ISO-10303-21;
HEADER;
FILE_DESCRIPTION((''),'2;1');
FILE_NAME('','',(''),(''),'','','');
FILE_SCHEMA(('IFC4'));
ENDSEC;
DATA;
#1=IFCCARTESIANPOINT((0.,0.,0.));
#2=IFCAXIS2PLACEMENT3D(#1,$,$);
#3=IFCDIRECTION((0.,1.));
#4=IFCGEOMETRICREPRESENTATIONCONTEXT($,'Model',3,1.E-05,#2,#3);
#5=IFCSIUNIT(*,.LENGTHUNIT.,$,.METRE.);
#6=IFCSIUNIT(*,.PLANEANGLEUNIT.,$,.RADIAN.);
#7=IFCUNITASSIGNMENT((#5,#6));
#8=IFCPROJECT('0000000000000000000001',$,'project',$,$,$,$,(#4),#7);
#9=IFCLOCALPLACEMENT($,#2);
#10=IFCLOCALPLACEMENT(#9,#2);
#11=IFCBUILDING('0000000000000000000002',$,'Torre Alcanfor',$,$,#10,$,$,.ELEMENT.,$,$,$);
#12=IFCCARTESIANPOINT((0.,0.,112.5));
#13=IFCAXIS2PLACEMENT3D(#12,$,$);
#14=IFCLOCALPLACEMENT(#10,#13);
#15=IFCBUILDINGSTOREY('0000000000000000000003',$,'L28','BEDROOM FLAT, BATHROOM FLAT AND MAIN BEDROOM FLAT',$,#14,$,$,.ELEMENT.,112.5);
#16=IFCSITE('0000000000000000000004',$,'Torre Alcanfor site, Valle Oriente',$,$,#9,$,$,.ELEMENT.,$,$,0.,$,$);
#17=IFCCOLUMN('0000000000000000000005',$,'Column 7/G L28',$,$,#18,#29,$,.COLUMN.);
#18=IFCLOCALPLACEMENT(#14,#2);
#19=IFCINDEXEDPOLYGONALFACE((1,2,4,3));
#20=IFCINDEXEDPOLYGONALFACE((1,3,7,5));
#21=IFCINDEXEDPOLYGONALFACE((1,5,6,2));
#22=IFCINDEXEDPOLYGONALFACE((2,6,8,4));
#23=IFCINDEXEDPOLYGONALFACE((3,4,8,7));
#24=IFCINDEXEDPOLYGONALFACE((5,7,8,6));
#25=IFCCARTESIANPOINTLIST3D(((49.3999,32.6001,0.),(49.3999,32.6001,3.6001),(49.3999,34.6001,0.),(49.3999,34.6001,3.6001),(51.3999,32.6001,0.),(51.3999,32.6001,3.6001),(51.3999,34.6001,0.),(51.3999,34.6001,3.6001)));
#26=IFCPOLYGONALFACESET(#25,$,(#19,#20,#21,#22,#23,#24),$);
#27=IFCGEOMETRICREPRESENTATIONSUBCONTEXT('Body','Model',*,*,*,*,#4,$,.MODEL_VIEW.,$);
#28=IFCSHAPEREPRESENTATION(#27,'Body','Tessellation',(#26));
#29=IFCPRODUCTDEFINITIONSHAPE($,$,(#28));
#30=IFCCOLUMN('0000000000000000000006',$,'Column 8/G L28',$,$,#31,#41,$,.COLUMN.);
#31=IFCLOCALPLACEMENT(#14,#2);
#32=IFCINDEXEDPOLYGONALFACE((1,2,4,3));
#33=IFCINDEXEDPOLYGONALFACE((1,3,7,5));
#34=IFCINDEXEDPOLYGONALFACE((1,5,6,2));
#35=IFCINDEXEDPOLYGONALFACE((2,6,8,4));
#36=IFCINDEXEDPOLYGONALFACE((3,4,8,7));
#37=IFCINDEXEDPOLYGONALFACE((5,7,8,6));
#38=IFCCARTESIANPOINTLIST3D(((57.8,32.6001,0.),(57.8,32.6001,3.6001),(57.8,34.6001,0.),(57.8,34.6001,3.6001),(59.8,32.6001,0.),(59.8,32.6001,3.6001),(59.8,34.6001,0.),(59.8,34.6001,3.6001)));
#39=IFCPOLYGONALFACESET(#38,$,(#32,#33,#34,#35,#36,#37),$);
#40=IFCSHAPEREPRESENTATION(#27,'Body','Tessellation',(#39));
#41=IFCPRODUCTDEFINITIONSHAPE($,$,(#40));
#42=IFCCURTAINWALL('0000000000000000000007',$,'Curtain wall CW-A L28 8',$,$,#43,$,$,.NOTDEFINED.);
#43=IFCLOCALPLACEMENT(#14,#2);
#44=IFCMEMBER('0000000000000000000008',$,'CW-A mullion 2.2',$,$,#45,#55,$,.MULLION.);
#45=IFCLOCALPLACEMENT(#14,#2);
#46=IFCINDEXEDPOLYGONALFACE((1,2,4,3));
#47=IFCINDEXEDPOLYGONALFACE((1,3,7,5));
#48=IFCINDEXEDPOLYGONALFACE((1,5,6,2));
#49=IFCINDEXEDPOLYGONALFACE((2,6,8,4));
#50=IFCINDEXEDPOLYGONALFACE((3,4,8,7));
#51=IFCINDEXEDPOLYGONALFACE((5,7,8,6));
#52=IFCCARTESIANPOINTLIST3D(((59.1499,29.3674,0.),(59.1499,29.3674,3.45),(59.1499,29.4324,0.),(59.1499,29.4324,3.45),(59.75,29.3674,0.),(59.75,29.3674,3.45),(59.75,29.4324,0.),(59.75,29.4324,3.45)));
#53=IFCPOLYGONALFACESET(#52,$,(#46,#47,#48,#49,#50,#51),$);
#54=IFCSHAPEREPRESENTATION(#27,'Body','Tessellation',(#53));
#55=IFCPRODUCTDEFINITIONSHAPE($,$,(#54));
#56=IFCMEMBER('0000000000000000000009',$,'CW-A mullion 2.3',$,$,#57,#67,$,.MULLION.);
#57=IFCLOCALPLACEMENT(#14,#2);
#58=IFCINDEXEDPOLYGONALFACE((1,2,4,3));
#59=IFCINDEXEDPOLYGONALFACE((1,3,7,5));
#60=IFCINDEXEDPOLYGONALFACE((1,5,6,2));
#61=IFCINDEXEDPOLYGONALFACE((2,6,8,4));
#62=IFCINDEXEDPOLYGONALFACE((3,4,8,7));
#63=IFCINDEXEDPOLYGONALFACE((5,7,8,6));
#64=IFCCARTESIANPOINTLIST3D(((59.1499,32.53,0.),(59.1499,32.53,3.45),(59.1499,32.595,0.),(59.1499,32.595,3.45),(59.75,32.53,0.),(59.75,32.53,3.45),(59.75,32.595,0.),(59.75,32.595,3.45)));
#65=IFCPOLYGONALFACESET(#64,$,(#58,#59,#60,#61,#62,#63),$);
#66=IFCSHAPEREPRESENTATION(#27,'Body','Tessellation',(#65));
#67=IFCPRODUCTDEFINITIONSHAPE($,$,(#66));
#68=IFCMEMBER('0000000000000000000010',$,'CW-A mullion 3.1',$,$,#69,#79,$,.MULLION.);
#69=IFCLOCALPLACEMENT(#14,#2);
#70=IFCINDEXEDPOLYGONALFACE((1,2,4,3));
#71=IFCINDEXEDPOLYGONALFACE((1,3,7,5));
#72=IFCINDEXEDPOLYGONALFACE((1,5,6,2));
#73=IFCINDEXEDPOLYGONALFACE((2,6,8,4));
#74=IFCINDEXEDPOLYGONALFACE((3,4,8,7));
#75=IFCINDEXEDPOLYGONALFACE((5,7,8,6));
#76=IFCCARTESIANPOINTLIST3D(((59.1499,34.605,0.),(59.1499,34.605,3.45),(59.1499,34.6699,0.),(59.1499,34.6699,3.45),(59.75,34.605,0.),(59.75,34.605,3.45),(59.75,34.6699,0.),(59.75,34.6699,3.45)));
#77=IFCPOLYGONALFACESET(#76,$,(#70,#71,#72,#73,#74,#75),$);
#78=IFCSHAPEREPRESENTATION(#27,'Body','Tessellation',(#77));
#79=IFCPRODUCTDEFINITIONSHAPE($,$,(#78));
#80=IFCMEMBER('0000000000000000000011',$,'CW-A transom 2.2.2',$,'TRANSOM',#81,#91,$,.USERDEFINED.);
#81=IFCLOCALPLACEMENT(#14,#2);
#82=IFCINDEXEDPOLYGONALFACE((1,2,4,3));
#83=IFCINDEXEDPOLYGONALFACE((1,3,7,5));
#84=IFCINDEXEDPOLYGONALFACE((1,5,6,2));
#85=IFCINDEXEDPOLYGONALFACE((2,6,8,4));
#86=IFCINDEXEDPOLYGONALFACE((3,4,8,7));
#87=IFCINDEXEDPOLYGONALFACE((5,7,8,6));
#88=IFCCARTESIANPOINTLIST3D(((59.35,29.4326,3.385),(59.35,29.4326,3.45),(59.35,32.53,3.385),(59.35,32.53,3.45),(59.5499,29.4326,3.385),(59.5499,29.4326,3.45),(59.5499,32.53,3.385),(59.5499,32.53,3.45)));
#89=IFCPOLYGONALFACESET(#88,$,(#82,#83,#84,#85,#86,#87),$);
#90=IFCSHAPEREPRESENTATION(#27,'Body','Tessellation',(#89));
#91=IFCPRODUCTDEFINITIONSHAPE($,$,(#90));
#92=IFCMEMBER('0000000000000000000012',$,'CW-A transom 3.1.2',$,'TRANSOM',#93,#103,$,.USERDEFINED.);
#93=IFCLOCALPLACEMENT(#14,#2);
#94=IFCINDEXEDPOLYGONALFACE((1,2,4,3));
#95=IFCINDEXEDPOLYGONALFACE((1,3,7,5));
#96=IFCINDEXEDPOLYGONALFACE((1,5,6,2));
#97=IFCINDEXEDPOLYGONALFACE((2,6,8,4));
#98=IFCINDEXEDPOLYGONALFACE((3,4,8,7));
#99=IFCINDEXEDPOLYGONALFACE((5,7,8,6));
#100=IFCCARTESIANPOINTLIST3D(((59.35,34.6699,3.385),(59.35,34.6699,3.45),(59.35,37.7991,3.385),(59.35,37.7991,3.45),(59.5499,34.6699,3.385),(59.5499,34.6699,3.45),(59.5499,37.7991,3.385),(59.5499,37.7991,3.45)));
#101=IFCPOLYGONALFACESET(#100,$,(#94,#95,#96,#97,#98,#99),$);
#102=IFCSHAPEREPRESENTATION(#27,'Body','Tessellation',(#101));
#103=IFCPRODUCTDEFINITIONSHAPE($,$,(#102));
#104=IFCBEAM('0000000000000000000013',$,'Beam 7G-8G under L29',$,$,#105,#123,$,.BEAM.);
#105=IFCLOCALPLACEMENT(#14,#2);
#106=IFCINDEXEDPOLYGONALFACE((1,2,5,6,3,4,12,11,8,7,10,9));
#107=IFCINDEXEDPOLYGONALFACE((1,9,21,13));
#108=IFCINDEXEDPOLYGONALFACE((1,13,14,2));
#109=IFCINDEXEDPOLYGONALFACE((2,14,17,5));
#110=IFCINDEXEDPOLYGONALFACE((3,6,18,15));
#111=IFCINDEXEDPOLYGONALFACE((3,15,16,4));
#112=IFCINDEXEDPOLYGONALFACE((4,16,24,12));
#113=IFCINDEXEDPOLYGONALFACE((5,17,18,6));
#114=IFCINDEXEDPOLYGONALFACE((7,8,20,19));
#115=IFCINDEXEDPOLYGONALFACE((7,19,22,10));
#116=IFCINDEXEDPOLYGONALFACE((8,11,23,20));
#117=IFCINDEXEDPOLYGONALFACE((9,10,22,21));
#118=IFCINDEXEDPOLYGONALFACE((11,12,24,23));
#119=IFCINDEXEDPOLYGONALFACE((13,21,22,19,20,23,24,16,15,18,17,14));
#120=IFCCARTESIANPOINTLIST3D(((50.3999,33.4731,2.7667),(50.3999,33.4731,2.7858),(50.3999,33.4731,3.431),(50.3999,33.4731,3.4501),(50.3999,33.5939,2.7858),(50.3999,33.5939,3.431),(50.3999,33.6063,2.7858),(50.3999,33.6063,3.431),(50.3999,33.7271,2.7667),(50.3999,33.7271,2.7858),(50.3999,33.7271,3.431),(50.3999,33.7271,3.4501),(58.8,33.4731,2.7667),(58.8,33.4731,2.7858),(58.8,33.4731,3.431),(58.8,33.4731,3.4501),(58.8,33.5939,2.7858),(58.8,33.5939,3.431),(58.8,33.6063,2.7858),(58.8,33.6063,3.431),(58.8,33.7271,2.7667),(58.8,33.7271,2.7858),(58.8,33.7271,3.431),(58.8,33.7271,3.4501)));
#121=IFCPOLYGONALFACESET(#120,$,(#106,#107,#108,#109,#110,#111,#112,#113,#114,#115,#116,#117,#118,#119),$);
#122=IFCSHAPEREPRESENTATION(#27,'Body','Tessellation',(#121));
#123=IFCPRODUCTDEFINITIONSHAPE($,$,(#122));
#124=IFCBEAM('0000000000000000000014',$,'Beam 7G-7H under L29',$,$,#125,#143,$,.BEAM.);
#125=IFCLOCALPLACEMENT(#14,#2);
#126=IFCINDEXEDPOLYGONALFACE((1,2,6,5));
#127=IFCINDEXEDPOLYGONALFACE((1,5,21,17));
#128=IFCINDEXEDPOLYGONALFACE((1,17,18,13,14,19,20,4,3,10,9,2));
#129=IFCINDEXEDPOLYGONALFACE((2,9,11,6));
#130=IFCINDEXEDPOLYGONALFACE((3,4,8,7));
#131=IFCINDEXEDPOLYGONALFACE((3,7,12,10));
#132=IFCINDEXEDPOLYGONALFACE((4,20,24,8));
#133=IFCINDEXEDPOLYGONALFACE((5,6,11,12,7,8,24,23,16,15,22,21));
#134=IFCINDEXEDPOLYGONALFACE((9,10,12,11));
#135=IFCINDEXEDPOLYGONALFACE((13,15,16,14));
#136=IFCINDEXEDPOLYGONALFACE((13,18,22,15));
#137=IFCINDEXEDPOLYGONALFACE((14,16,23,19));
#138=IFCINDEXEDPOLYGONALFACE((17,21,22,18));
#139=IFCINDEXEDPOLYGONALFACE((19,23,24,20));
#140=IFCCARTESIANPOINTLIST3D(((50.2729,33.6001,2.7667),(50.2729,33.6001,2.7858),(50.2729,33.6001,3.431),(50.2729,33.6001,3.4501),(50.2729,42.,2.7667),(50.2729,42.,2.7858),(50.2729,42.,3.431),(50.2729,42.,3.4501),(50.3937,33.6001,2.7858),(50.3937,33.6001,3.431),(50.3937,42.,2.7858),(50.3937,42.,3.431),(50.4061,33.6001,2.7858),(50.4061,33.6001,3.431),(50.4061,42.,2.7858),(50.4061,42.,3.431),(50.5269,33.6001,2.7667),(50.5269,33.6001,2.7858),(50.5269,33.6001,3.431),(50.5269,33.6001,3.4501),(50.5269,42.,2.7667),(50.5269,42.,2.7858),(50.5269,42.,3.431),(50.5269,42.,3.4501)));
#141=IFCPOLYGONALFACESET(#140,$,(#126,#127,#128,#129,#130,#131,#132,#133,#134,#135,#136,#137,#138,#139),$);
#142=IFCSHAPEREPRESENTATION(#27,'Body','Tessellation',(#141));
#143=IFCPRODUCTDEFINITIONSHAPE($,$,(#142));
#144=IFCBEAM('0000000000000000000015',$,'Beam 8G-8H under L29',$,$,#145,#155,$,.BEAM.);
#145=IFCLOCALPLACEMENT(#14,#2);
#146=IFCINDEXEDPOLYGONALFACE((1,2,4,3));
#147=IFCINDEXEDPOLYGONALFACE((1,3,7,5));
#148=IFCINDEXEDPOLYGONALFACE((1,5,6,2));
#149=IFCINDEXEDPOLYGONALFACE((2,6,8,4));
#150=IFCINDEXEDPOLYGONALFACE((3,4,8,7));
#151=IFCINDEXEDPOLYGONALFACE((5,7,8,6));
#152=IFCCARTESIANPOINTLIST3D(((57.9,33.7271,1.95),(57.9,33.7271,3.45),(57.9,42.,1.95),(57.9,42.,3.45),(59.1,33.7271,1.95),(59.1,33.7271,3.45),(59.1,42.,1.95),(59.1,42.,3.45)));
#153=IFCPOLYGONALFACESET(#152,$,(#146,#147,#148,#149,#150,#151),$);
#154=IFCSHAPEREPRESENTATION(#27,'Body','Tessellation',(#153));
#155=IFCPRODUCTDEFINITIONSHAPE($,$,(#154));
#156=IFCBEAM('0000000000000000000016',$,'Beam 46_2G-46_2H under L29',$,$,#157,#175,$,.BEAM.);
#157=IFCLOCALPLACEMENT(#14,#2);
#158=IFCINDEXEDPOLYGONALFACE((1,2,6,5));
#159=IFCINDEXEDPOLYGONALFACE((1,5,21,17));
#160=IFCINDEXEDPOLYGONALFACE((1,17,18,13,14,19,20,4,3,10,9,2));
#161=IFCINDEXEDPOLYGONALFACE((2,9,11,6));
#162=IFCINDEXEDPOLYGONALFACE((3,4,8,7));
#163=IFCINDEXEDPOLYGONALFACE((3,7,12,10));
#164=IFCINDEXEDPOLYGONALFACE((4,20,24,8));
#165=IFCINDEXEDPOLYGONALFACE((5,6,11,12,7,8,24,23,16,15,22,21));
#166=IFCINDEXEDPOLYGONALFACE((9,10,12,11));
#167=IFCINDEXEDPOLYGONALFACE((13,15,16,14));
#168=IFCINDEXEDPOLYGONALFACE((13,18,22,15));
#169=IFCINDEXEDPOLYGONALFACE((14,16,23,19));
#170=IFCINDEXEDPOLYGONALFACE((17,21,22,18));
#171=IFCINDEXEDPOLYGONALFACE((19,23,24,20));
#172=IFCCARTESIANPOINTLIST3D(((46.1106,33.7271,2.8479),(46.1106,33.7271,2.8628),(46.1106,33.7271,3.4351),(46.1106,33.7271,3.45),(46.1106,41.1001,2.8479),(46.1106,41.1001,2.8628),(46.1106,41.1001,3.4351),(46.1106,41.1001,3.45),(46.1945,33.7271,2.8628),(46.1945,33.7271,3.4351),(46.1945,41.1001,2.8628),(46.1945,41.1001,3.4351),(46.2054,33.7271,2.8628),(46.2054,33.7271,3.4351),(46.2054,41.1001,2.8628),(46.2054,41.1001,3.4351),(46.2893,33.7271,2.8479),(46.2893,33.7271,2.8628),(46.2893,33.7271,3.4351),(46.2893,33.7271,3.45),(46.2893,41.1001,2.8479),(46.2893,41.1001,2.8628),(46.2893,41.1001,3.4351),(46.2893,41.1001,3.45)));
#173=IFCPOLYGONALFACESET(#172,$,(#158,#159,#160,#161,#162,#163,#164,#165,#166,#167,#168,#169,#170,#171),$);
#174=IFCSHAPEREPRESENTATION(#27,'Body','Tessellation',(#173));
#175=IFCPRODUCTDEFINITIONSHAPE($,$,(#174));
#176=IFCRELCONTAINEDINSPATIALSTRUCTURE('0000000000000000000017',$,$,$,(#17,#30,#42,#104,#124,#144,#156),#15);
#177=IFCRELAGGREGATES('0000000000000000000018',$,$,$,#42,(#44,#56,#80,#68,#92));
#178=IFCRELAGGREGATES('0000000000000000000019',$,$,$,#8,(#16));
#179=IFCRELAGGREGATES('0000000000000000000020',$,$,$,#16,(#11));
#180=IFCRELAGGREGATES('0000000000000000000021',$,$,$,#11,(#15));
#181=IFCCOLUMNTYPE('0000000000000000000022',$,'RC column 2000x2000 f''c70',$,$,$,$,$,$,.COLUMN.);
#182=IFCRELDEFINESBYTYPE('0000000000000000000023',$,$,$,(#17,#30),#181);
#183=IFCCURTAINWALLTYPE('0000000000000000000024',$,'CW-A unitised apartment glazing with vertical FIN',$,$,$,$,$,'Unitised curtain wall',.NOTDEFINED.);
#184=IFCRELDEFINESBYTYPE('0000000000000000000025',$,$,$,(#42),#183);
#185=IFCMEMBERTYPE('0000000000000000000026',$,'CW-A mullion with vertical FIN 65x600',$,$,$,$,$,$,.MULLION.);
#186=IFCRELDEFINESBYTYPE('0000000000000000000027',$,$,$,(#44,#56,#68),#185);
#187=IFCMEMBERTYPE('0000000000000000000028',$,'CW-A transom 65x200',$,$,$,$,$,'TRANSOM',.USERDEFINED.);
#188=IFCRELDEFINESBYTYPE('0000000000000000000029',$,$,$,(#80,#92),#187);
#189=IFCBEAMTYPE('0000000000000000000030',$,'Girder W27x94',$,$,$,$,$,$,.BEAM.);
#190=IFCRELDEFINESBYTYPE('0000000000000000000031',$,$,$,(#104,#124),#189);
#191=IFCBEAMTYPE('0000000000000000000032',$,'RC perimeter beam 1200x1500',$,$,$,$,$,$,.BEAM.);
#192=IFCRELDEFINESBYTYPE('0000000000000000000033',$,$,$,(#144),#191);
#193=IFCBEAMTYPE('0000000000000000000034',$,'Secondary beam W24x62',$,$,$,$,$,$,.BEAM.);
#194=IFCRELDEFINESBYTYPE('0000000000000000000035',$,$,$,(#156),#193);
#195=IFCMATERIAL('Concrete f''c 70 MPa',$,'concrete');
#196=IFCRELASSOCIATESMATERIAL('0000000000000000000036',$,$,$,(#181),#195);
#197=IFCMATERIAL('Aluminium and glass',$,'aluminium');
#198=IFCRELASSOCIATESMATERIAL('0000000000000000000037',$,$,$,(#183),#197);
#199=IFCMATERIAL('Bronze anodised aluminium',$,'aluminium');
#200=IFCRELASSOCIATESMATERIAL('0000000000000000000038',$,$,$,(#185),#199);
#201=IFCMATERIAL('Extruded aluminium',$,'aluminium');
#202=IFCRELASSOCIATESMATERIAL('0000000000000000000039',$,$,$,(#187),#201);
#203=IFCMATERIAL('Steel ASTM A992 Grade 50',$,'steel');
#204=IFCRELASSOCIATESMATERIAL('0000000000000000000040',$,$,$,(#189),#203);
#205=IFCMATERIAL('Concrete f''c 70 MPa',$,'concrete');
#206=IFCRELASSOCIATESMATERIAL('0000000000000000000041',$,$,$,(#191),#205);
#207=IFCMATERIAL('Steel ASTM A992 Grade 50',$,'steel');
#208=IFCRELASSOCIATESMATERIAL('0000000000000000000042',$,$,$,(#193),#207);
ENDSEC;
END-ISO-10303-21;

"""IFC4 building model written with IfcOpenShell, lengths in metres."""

from ifc_helpers import new_model, si_unit, direction, frame, origin, origin_2d, place, context, subcontext, project, spatial, rectangle, i_section, extrude, material, material_profile, profile_set, type_object, element, aggregate, save


model = new_model("IFC4")

# Units and contexts
model_context = context("Model", 3, precision=1e-05, world=origin(), true_north=direction((0.0, 1.0)))
body_context = subcontext(model_context, "Body", "Model", "MODEL_VIEW")
ifc_project = project(units=[si_unit("LENGTHUNIT", "METRE"), si_unit("PLANEANGLEUNIT", "RADIAN")], contexts=[model_context])

# Site, building, storey
site_placement = place(None, origin())
site = spatial("IfcSite", under=ifc_project, at=site_placement, Name="Torre Alcanfor site, Valle Oriente", CompositionType="ELEMENT", RefElevation=0.0)
building_placement = place(site_placement, origin())
building = spatial("IfcBuilding", under=site, at=building_placement, Name="Torre Alcanfor", CompositionType="ELEMENT")
storey_placement = place(building_placement, frame((0.0, 0.0, 112.5)))
storey = spatial("IfcBuildingStorey", under=building, at=storey_placement, Name="L28", Description="BEDROOM FLAT, BATHROOM FLAT AND MAIN BEDROOM FLAT", CompositionType="ELEMENT", Elevation=112.5)

# Columns
ifc_material_1 = material(Name="Concrete f'c 70 MPa", Category="concrete")
ifc_material_profile_1 = material_profile(ifc_material_1, rectangle(XDim=2.0, YDim=2.0, at=origin_2d()), Name="2000x2000")
ifc_profile_set_1 = profile_set([ifc_material_profile_1], Name="Concrete f'c 70 MPa")
column_type = type_object("IfcColumnType", Name="RC column 2000x2000 f'c70", PredefinedType="COLUMN", material=ifc_profile_set_1)
for number, where, z_axis, x_axis, name in (
    (1, (50.3999, 33.6001, 0.0), (0.0, 0.0, 1.0), (1.0, 0.0, 0.0), "Column 7/G L28"),
    (2, (58.8, 33.6001, 0.0), (0.0, 0.0, 1.0), (1.0, 0.0, 0.0), "Column 8/G L28"),
):
    element("IfcColumn", number, at=place(storey_placement, frame(where, z_axis=z_axis, x_axis=x_axis)), inside=storey, type_object=column_type, Name=name, PredefinedType="COLUMN", context=body_context, shape_type="SweptSolid", body=[
        extrude(rectangle(XDim=2.0, YDim=2.0, at=origin_2d()), origin(), (0.0, 0.0, 1.0), 3.6001),
    ])

# Curtain wall, members
ifc_material_2 = material(Name="Aluminium and glass", Category="aluminium")
curtain_wall_type = type_object("IfcCurtainWallType", Name="CW-A unitised apartment glazing with vertical FIN", ElementType="Unitised curtain wall", PredefinedType="NOTDEFINED", material=ifc_material_2)
curtain_wall_placement = place(storey_placement, origin())
curtain_wall = element("IfcCurtainWall", 3, at=curtain_wall_placement, inside=storey, type_object=curtain_wall_type, Name="Curtain wall CW-A L28 8", PredefinedType="NOTDEFINED")
ifc_material_3 = material(Name="Bronze anodised aluminium", Category="aluminium")
ifc_material_profile_2 = material_profile(ifc_material_3, rectangle(XDim=0.6001, YDim=0.0649, at=origin_2d()), Name="CW-A mullion 65x600")
ifc_profile_set_2 = profile_set([ifc_material_profile_2], Name="Bronze anodised aluminium")
member_type_1 = type_object("IfcMemberType", Name="CW-A mullion with vertical FIN 65x600", PredefinedType="MULLION", material=ifc_profile_set_2)
member_1_placement = place(storey_placement, frame((59.45, 29.3999, 0.0), z_axis=(0.0, 0.0, 1.0), x_axis=(-1.0, 0.0, 0.0)))
member_1 = element("IfcMember", 4, at=member_1_placement, type_object=member_type_1, Name="CW-A mullion 2.2", PredefinedType="MULLION", context=body_context, shape_type="SweptSolid", body=[
    extrude(rectangle(XDim=0.6001, YDim=0.0649, at=origin_2d()), origin(), (0.0, 0.0, 1.0), 3.45),
])
member_2_placement = place(storey_placement, frame((59.45, 32.5625, 0.0), z_axis=(0.0, 0.0, 1.0), x_axis=(-1.0, 0.0, 0.0)))
member_2 = element("IfcMember", 5, at=member_2_placement, type_object=member_type_1, Name="CW-A mullion 2.3", PredefinedType="MULLION", context=body_context, shape_type="SweptSolid", body=[
    extrude(rectangle(XDim=0.6001, YDim=0.0649, at=origin_2d()), origin(), (0.0, 0.0, 1.0), 3.45),
])
member_3_placement = place(storey_placement, frame((59.45, 34.6375, 0.0), z_axis=(0.0, 0.0, 1.0), x_axis=(-1.0, 0.0, 0.0)))
member_3 = element("IfcMember", 6, at=member_3_placement, type_object=member_type_1, Name="CW-A mullion 3.1", PredefinedType="MULLION", context=body_context, shape_type="SweptSolid", body=[
    extrude(rectangle(XDim=0.6001, YDim=0.0649, at=origin_2d()), origin(), (0.0, 0.0, 1.0), 3.45),
])
ifc_material_4 = material(Name="Extruded aluminium", Category="aluminium")
ifc_material_profile_3 = material_profile(ifc_material_4, rectangle(XDim=0.2, YDim=0.0649, at=origin_2d()), Name="CW-A transom 200x65")
ifc_profile_set_3 = profile_set([ifc_material_profile_3], Name="Extruded aluminium")
member_type_2 = type_object("IfcMemberType", Name="CW-A transom 65x200", ElementType="TRANSOM", PredefinedType="USERDEFINED", material=ifc_profile_set_3)
member_4_placement = place(storey_placement, frame((59.45, 29.4326, 3.4175), z_axis=(0.0, 1.0, 0.0), x_axis=(-1.0, 0.0, 0.0)))
member_4 = element("IfcMember", 7, at=member_4_placement, type_object=member_type_2, Name="CW-A transom 2.2.2", ObjectType="TRANSOM", PredefinedType="USERDEFINED", context=body_context, shape_type="SweptSolid", body=[
    extrude(rectangle(XDim=0.2, YDim=0.0649, at=origin_2d()), origin(), (0.0, 0.0, 1.0), 3.0974),
])
member_5_placement = place(storey_placement, frame((59.45, 34.6699, 3.4175), z_axis=(0.0, 1.0, 0.0), x_axis=(-1.0, 0.0, 0.0)))
member_5 = element("IfcMember", 8, at=member_5_placement, type_object=member_type_2, Name="CW-A transom 3.1.2", ObjectType="TRANSOM", PredefinedType="USERDEFINED", context=body_context, shape_type="SweptSolid", body=[
    extrude(rectangle(XDim=0.2, YDim=0.0649, at=origin_2d()), origin(), (0.0, 0.0, 1.0), 3.1292),
])

# Beams
ifc_material_5 = material(Name="Steel ASTM A992 Grade 50", Category="steel")
ifc_material_profile_4 = material_profile(ifc_material_5, i_section(OverallWidth=0.2539, OverallDepth=0.6833, WebThickness=0.0125, FlangeThickness=0.019, at=origin_2d()), Name="W27x94")
ifc_profile_set_4 = profile_set([ifc_material_profile_4], Name="Steel ASTM A992 Grade 50")
beam_type_1 = type_object("IfcBeamType", Name="Girder W27x94", PredefinedType="BEAM", material=ifc_profile_set_4)
beam_1_placement = place(storey_placement, frame((50.3999, 33.6001, 3.1084), z_axis=(1.0, 0.0, 0.0), x_axis=(0.0, 1.0, 0.0)))
element("IfcBeam", 9, at=beam_1_placement, inside=storey, type_object=beam_type_1, Name="Beam 7G-8G under L29", PredefinedType="BEAM", context=body_context, shape_type="SweptSolid", body=[
    extrude(i_section(OverallWidth=0.2539, OverallDepth=0.6833, WebThickness=0.0125, FlangeThickness=0.019, at=origin_2d()), origin(), (0.0, 0.0, 1.0), 8.4001),
])
beam_2_placement = place(storey_placement, frame((50.3999, 33.6001, 3.1084), z_axis=(0.0, 1.0, 0.0), x_axis=(-1.0, 0.0, 0.0)))
element("IfcBeam", 10, at=beam_2_placement, inside=storey, type_object=beam_type_1, Name="Beam 7G-7H under L29", PredefinedType="BEAM", context=body_context, shape_type="SweptSolid", body=[
    extrude(i_section(OverallWidth=0.2539, OverallDepth=0.6833, WebThickness=0.0125, FlangeThickness=0.019, at=origin_2d()), origin(), (0.0, 0.0, 1.0), 8.3999),
])
ifc_material_6 = material(Name="Concrete f'c 70 MPa", Category="concrete")
ifc_material_profile_5 = material_profile(ifc_material_6, rectangle(XDim=1.2, YDim=1.5, at=origin_2d()), Name="1200x1500")
ifc_profile_set_5 = profile_set([ifc_material_profile_5], Name="Concrete f'c 70 MPa")
beam_type_2 = type_object("IfcBeamType", Name="RC perimeter beam 1200x1500", PredefinedType="BEAM", material=ifc_profile_set_5)
beam_3_placement = place(storey_placement, frame((58.5, 33.7271, 2.7), z_axis=(0.0, 1.0, 0.0), x_axis=(-1.0, 0.0, 0.0)))
element("IfcBeam", 11, at=beam_3_placement, inside=storey, type_object=beam_type_2, Name="Beam 8G-8H under L29", PredefinedType="BEAM", context=body_context, shape_type="SweptSolid", body=[
    extrude(rectangle(XDim=1.2, YDim=1.5, at=origin_2d()), origin(), (0.0, 0.0, 1.0), 8.2729),
])
ifc_material_7 = material(Name="Steel ASTM A992 Grade 50", Category="steel")
ifc_material_profile_6 = material_profile(ifc_material_7, i_section(OverallWidth=0.1787, OverallDepth=0.6021, WebThickness=0.011, FlangeThickness=0.0149, at=origin_2d()), Name="W24x62")
ifc_profile_set_6 = profile_set([ifc_material_profile_6], Name="Steel ASTM A992 Grade 50")
beam_type_3 = type_object("IfcBeamType", Name="Secondary beam W24x62", PredefinedType="BEAM", material=ifc_profile_set_6)
for number, where, z_axis, x_axis, name in (
    (12, (46.2, 33.7271, 3.1489), (0.0, 1.0, 0.0), (-1.0, 0.0, 0.0), "Beam 46_2G-46_2H under L29"),
):
    element("IfcBeam", number, at=place(storey_placement, frame(where, z_axis=z_axis, x_axis=x_axis)), inside=storey, type_object=beam_type_3, Name=name, PredefinedType="BEAM", context=body_context, shape_type="SweptSolid", body=[
        extrude(i_section(OverallWidth=0.1787, OverallDepth=0.6021, WebThickness=0.011, FlangeThickness=0.0149, at=origin_2d()), origin(), (0.0, 0.0, 1.0), 7.373),
    ])

aggregate(curtain_wall, [member_1, member_2, member_4, member_3, member_5])

save(model, "model.ifc")
